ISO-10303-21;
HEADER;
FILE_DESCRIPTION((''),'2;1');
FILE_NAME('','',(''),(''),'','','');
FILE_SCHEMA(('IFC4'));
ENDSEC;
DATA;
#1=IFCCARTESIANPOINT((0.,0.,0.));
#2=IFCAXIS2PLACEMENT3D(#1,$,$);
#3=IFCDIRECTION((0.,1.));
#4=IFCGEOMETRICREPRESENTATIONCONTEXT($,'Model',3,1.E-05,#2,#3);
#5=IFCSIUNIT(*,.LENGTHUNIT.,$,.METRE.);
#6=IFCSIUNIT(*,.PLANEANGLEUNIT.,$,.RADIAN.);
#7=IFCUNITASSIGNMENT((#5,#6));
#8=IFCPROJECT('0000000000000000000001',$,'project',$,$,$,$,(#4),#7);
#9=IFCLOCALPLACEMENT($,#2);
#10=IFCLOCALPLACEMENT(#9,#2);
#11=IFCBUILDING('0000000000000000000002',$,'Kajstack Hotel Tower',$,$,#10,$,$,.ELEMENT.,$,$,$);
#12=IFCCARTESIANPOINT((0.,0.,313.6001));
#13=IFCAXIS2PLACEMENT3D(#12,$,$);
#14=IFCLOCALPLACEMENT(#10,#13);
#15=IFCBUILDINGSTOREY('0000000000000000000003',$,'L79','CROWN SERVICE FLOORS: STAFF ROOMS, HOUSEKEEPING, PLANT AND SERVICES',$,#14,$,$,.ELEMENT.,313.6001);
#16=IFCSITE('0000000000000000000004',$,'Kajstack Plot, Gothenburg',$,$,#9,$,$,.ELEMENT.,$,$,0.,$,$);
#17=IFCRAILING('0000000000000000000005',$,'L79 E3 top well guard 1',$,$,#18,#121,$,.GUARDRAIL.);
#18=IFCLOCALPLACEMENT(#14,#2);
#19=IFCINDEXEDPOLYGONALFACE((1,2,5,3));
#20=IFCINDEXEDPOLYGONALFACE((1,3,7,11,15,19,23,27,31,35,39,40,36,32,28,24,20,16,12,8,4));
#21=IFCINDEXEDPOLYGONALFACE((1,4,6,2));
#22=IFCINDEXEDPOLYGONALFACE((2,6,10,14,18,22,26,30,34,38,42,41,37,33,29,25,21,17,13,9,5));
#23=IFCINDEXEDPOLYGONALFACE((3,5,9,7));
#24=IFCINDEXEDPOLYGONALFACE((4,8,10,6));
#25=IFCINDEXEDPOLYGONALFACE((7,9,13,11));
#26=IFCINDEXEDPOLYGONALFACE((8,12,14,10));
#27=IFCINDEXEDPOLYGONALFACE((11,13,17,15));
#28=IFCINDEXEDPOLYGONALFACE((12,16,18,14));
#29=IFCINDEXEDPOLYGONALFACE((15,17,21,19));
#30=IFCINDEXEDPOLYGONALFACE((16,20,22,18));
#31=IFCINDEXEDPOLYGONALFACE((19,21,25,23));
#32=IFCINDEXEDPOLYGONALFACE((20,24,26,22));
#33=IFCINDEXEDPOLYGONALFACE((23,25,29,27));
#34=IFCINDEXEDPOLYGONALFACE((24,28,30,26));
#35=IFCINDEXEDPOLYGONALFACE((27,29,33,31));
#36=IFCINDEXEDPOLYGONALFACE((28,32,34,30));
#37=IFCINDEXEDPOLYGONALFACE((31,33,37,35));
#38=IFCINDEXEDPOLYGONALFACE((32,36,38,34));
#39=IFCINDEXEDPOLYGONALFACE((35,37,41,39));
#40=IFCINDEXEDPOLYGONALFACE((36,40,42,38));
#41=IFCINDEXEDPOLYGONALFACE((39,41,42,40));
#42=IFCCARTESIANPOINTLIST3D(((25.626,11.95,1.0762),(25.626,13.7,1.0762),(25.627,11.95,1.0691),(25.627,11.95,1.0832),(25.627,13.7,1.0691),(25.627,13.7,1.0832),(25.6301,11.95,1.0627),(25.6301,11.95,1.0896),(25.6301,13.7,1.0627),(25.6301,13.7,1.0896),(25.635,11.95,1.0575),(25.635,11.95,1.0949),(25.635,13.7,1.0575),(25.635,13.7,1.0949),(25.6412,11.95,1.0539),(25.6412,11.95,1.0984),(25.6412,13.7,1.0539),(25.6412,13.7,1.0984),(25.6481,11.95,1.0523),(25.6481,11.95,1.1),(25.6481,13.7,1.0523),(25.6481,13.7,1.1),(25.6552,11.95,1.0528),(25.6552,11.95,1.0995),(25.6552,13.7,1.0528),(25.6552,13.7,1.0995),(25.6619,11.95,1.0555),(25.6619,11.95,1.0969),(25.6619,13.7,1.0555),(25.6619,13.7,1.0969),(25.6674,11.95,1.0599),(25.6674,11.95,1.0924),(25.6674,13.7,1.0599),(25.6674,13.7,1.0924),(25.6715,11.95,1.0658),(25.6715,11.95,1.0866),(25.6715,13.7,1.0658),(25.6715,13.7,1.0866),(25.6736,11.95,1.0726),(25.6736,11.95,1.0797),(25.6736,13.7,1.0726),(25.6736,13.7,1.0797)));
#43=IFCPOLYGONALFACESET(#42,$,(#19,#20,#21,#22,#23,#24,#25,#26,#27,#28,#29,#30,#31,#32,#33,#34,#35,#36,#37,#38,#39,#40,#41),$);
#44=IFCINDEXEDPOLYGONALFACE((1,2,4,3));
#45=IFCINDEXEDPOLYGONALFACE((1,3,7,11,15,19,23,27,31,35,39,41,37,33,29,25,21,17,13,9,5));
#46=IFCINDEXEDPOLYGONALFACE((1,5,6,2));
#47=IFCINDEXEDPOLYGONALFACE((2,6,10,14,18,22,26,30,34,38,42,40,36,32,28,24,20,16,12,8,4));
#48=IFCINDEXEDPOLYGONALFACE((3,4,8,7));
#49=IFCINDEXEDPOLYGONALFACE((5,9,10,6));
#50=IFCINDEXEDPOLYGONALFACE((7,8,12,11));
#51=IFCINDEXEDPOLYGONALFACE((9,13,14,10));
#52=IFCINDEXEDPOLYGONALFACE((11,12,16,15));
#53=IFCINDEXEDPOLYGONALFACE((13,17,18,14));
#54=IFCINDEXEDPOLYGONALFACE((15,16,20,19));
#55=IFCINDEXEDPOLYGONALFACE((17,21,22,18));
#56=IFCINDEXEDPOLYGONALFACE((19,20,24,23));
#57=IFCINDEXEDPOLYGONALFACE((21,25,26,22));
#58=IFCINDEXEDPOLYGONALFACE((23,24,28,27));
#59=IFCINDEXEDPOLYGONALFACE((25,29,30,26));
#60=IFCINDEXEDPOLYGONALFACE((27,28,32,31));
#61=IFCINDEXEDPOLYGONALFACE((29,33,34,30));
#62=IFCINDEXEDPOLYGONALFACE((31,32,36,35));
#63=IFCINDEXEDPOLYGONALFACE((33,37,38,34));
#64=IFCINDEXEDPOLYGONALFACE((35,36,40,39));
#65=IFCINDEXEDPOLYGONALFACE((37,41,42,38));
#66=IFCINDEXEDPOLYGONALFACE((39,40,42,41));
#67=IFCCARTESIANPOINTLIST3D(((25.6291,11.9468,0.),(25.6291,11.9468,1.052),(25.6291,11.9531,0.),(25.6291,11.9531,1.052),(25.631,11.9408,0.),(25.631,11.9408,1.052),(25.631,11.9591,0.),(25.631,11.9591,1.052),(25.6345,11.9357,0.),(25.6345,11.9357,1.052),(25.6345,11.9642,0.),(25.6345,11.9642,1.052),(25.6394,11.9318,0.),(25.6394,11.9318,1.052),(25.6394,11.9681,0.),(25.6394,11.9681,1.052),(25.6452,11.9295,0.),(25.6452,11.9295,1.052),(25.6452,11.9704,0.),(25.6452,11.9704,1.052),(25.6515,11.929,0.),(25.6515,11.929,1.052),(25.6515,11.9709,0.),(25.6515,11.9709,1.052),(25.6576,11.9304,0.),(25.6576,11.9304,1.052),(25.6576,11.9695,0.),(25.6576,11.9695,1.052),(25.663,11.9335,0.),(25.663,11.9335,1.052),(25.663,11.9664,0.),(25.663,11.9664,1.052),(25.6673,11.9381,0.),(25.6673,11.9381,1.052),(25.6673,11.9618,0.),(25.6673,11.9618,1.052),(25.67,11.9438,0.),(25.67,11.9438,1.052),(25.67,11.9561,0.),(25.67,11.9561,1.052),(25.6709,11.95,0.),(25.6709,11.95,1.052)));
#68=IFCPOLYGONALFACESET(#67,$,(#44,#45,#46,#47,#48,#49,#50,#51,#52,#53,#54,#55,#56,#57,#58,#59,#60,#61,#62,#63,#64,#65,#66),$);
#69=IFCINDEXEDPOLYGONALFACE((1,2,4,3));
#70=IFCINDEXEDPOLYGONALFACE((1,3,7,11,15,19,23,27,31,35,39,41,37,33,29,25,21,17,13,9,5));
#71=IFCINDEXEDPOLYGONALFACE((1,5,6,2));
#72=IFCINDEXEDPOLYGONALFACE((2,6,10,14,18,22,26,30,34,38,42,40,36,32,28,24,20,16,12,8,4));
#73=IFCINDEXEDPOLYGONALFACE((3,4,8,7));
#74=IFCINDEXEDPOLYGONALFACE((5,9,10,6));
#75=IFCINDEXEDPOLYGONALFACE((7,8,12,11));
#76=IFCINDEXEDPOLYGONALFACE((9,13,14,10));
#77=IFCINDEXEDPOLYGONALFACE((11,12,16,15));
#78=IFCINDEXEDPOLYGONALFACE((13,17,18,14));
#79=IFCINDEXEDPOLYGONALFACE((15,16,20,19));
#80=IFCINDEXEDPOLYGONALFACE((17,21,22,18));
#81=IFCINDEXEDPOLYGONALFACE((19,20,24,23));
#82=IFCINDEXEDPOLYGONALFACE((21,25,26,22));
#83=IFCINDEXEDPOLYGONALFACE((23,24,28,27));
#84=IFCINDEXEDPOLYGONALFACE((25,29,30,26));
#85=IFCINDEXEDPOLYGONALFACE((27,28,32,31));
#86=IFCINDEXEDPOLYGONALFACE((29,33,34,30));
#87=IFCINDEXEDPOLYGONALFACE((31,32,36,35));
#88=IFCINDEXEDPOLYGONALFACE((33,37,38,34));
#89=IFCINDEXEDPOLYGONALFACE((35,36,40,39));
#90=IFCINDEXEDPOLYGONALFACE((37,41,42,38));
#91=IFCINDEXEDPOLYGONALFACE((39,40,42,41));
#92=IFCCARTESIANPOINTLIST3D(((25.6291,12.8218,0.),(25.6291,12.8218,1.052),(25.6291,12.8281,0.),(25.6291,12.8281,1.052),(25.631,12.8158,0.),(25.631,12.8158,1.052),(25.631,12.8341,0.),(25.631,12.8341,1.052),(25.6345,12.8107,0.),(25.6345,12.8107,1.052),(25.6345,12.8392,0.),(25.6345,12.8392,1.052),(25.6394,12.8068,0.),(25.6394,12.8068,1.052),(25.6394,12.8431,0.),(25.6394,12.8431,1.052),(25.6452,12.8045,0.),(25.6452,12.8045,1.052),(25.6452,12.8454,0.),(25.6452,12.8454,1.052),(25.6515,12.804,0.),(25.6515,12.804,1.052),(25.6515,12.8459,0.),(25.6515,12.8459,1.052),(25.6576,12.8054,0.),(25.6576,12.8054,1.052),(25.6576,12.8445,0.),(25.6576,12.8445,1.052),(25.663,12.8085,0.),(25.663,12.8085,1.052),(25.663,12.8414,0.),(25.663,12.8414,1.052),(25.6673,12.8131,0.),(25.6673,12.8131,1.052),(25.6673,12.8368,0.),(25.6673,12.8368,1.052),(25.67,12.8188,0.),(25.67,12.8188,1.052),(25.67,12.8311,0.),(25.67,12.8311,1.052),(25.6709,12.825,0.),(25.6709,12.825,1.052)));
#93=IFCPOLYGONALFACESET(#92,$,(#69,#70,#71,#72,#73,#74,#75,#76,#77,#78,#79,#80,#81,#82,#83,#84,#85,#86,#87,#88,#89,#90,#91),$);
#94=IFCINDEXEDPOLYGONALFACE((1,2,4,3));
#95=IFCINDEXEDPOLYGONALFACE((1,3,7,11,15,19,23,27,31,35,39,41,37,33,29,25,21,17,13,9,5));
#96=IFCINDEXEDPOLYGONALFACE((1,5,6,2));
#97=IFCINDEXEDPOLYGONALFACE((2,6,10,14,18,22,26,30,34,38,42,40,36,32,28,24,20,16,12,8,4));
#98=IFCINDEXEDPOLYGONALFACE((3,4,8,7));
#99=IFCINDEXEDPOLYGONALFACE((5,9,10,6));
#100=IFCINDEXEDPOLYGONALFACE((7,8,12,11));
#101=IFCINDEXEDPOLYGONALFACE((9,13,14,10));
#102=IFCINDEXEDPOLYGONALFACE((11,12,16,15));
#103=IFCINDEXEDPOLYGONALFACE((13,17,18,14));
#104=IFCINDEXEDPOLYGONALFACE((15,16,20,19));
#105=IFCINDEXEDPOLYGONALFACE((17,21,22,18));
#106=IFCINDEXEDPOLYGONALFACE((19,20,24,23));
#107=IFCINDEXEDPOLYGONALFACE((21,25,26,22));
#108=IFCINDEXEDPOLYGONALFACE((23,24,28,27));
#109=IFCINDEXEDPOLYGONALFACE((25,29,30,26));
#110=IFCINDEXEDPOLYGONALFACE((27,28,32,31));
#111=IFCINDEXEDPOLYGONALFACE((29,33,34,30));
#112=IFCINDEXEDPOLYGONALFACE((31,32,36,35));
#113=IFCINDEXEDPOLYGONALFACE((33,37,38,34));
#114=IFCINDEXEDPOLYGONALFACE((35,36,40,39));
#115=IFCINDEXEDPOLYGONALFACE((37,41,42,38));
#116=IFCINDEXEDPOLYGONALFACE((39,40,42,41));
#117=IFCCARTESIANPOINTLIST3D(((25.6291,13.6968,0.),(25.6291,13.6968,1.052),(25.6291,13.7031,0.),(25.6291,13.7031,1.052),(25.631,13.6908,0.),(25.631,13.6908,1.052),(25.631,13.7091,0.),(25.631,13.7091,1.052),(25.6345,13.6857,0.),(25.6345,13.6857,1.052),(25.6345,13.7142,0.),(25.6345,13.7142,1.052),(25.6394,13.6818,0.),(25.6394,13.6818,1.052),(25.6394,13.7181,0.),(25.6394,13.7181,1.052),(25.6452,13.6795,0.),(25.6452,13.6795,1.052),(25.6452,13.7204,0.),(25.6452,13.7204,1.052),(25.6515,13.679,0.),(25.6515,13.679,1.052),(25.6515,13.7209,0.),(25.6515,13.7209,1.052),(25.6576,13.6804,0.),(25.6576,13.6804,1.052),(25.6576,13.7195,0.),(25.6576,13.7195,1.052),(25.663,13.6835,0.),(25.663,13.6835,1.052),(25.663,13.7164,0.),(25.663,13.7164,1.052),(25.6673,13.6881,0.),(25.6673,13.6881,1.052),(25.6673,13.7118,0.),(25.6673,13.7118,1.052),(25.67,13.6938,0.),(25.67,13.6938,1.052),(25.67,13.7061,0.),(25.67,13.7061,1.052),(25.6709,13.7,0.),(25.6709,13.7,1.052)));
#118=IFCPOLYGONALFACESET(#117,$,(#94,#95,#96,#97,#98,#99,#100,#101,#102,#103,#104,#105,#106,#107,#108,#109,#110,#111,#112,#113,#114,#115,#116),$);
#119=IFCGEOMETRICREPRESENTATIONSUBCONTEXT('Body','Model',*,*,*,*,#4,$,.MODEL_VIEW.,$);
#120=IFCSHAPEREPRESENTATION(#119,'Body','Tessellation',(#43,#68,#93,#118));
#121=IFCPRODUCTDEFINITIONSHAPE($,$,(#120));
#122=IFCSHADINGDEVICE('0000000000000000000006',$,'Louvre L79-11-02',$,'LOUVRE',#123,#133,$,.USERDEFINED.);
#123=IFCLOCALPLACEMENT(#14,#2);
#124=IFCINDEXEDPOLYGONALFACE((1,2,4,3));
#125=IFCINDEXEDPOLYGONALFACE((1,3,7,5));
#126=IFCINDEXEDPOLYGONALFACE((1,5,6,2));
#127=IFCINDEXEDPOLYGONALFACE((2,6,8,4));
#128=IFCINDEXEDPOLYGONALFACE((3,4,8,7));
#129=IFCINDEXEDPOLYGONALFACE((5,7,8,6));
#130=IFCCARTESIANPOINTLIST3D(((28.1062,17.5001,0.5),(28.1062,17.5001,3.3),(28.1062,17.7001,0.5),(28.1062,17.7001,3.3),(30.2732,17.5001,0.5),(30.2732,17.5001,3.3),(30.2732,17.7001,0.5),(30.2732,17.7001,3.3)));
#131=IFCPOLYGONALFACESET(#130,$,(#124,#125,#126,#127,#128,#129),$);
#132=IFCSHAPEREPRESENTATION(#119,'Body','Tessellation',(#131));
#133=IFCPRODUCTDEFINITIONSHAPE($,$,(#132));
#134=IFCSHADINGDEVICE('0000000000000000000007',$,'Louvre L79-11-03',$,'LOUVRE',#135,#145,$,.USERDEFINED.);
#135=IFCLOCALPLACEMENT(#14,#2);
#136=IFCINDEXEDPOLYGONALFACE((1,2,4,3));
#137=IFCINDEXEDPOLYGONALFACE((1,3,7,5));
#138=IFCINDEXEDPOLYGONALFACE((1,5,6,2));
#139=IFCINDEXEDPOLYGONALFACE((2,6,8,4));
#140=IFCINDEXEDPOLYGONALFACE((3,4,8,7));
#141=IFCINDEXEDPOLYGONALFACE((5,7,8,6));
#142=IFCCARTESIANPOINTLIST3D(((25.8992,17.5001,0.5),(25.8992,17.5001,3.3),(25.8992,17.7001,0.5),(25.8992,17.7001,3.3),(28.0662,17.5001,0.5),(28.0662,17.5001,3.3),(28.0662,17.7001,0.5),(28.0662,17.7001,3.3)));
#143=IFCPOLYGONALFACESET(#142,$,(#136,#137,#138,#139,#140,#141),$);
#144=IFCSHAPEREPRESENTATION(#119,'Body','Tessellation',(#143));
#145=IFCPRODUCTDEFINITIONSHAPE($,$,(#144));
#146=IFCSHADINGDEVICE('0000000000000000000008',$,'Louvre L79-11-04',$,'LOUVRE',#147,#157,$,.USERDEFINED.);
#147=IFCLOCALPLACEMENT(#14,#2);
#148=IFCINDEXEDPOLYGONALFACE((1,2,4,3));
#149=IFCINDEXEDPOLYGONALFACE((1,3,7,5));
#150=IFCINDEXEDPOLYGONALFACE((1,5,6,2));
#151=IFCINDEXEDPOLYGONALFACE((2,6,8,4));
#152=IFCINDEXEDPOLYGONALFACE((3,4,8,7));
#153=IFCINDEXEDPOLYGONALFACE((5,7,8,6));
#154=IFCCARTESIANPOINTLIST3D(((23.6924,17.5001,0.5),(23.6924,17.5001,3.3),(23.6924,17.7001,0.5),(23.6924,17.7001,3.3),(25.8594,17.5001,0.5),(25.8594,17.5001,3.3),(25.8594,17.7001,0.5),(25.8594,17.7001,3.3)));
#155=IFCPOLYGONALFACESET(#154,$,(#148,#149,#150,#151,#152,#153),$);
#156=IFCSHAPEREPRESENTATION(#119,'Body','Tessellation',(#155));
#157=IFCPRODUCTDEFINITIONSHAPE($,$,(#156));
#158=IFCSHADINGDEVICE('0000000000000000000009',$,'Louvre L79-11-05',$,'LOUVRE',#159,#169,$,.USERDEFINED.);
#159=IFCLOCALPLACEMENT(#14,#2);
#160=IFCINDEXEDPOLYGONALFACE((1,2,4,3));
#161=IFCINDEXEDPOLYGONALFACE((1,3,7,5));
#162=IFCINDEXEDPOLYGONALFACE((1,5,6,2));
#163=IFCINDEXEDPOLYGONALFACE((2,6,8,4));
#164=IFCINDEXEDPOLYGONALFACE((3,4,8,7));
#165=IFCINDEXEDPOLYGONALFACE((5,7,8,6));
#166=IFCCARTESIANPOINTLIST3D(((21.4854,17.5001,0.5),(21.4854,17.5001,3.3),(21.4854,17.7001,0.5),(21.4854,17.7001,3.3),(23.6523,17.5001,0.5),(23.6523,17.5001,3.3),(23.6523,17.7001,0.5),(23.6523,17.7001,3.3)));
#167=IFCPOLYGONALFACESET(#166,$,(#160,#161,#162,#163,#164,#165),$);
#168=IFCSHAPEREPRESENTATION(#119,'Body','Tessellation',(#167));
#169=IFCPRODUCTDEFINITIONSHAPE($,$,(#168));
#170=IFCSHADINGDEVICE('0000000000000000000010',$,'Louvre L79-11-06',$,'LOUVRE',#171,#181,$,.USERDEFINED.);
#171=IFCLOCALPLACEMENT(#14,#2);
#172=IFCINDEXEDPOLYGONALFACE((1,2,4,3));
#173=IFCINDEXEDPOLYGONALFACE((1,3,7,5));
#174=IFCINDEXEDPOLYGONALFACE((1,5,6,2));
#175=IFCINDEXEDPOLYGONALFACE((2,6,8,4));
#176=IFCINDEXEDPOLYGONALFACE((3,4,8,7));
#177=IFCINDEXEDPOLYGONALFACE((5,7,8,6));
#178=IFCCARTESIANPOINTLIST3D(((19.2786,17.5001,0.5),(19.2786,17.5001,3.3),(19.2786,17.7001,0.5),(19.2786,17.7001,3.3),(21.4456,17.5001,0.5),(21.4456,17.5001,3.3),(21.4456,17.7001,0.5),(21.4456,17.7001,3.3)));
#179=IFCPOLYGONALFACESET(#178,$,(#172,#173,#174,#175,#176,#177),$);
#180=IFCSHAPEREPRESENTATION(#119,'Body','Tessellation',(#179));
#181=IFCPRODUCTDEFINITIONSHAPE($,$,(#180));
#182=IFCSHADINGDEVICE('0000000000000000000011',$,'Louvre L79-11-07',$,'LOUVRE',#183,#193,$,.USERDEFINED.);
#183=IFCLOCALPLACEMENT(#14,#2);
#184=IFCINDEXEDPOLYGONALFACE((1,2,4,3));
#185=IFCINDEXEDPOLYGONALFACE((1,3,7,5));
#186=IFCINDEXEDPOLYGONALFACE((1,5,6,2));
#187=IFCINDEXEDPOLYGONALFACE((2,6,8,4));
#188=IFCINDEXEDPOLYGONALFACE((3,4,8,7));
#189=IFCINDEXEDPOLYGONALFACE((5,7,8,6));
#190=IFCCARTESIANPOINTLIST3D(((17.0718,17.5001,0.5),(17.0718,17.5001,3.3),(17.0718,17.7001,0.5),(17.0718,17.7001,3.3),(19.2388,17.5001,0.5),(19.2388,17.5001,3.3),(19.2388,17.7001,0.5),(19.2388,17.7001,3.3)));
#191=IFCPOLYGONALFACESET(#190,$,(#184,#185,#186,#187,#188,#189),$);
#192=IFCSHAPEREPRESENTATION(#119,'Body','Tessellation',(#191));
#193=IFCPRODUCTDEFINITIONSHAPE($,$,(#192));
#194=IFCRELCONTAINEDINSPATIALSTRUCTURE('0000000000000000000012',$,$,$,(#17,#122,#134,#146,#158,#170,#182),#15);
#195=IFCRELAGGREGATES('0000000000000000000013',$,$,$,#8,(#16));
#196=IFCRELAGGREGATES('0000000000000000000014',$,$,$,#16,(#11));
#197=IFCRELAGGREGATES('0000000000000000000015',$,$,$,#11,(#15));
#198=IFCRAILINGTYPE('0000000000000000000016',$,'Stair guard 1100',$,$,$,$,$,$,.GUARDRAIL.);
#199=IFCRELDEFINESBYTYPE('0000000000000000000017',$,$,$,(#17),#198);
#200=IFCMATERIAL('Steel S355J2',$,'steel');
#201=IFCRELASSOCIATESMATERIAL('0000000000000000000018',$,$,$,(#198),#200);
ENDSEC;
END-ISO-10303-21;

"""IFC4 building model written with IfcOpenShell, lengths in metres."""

from ifc_helpers import new_model, si_unit, direction, frame, origin, origin_2d, place, context, subcontext, project, spatial, rectangle, circle, extrude, material, type_object, element, save


model = new_model("IFC4")

# Units and contexts
model_context = context("Model", 3, precision=1e-05, world=origin(), true_north=direction((0.0, 1.0)))
body_context = subcontext(model_context, "Body", "Model", "MODEL_VIEW")
ifc_project = project(units=[si_unit("LENGTHUNIT", "METRE"), si_unit("PLANEANGLEUNIT", "RADIAN")], contexts=[model_context])

# Site, building, storey
site_placement = place(None, origin())
site = spatial("IfcSite", under=ifc_project, at=site_placement, Name="Kajstack Plot, Gothenburg", CompositionType="ELEMENT", RefElevation=0.0)
building_placement = place(site_placement, origin())
building = spatial("IfcBuilding", under=site, at=building_placement, Name="Kajstack Hotel Tower", CompositionType="ELEMENT")
storey_placement = place(building_placement, frame((0.0, 0.0, 313.6001)))
storey = spatial("IfcBuildingStorey", under=building, at=storey_placement, Name="L79", Description="CROWN SERVICE FLOORS: STAFF ROOMS, HOUSEKEEPING, PLANT AND SERVICES", CompositionType="ELEMENT", Elevation=313.6001)

# Railing
ifc_material_1 = material(Name="Steel S355J2", Category="steel")
railing_type = type_object("IfcRailingType", Name="Stair guard 1100", PredefinedType="GUARDRAIL", material=ifc_material_1)
railing_placement = place(storey_placement, frame((25.6499, 11.95, 0.0)))
element("IfcRailing", 1, at=railing_placement, inside=storey, type_object=railing_type, Name="L79 E3 top well guard 1", PredefinedType="GUARDRAIL", context=body_context, shape_type="SweptSolid", body=[
    extrude(circle(Radius=0.0239, at=origin_2d()), frame((0.0, 0.0, 1.0762), z_axis=(0.0, 1.0, 0.0), x_axis=(-1.0, 0.0, 0.0)), (0.0, 0.0, 1.0), 1.75),
    extrude(circle(Radius=0.021, at=origin_2d()), origin(), (0.0, 0.0, 1.0), 1.052),
    extrude(circle(Radius=0.021, at=origin_2d()), frame((0.0, 0.875, 0.0)), (0.0, 0.0, 1.0), 1.052),
    extrude(circle(Radius=0.021, at=origin_2d()), frame((0.0, 1.75, 0.0)), (0.0, 0.0, 1.0), 1.052),
])

# Shading devices
for number, where, z_axis, x_axis, name in (
    (2, (29.1897, 17.6001, 0.5), (0.0, 0.0, 1.0), (-1.0, 0.0, 0.0), "Louvre L79-11-02"),
    (3, (26.9827, 17.6001, 0.5), (0.0, 0.0, 1.0), (-1.0, 0.0, 0.0), "Louvre L79-11-03"),
    (4, (24.7759, 17.6001, 0.5), (0.0, 0.0, 1.0), (-1.0, 0.0, 0.0), "Louvre L79-11-04"),
    (5, (22.5688, 17.6001, 0.5), (0.0, 0.0, 1.0), (-1.0, 0.0, 0.0), "Louvre L79-11-05"),
    (6, (20.3621, 17.6001, 0.5), (0.0, 0.0, 1.0), (-1.0, 0.0, 0.0), "Louvre L79-11-06"),
    (7, (18.1553, 17.6001, 0.5), (0.0, 0.0, 1.0), (-1.0, 0.0, 0.0), "Louvre L79-11-07"),
):
    element("IfcShadingDevice", number, at=place(storey_placement, frame(where, z_axis=z_axis, x_axis=x_axis)), inside=storey, Name=name, ObjectType="LOUVRE", PredefinedType="USERDEFINED", context=body_context, shape_type="SweptSolid", body=[
        extrude(rectangle(XDim=2.167, YDim=0.2, at=origin_2d()), origin(), (0.0, 0.0, 1.0), 2.8),
    ])

save(model, "model.ifc")
